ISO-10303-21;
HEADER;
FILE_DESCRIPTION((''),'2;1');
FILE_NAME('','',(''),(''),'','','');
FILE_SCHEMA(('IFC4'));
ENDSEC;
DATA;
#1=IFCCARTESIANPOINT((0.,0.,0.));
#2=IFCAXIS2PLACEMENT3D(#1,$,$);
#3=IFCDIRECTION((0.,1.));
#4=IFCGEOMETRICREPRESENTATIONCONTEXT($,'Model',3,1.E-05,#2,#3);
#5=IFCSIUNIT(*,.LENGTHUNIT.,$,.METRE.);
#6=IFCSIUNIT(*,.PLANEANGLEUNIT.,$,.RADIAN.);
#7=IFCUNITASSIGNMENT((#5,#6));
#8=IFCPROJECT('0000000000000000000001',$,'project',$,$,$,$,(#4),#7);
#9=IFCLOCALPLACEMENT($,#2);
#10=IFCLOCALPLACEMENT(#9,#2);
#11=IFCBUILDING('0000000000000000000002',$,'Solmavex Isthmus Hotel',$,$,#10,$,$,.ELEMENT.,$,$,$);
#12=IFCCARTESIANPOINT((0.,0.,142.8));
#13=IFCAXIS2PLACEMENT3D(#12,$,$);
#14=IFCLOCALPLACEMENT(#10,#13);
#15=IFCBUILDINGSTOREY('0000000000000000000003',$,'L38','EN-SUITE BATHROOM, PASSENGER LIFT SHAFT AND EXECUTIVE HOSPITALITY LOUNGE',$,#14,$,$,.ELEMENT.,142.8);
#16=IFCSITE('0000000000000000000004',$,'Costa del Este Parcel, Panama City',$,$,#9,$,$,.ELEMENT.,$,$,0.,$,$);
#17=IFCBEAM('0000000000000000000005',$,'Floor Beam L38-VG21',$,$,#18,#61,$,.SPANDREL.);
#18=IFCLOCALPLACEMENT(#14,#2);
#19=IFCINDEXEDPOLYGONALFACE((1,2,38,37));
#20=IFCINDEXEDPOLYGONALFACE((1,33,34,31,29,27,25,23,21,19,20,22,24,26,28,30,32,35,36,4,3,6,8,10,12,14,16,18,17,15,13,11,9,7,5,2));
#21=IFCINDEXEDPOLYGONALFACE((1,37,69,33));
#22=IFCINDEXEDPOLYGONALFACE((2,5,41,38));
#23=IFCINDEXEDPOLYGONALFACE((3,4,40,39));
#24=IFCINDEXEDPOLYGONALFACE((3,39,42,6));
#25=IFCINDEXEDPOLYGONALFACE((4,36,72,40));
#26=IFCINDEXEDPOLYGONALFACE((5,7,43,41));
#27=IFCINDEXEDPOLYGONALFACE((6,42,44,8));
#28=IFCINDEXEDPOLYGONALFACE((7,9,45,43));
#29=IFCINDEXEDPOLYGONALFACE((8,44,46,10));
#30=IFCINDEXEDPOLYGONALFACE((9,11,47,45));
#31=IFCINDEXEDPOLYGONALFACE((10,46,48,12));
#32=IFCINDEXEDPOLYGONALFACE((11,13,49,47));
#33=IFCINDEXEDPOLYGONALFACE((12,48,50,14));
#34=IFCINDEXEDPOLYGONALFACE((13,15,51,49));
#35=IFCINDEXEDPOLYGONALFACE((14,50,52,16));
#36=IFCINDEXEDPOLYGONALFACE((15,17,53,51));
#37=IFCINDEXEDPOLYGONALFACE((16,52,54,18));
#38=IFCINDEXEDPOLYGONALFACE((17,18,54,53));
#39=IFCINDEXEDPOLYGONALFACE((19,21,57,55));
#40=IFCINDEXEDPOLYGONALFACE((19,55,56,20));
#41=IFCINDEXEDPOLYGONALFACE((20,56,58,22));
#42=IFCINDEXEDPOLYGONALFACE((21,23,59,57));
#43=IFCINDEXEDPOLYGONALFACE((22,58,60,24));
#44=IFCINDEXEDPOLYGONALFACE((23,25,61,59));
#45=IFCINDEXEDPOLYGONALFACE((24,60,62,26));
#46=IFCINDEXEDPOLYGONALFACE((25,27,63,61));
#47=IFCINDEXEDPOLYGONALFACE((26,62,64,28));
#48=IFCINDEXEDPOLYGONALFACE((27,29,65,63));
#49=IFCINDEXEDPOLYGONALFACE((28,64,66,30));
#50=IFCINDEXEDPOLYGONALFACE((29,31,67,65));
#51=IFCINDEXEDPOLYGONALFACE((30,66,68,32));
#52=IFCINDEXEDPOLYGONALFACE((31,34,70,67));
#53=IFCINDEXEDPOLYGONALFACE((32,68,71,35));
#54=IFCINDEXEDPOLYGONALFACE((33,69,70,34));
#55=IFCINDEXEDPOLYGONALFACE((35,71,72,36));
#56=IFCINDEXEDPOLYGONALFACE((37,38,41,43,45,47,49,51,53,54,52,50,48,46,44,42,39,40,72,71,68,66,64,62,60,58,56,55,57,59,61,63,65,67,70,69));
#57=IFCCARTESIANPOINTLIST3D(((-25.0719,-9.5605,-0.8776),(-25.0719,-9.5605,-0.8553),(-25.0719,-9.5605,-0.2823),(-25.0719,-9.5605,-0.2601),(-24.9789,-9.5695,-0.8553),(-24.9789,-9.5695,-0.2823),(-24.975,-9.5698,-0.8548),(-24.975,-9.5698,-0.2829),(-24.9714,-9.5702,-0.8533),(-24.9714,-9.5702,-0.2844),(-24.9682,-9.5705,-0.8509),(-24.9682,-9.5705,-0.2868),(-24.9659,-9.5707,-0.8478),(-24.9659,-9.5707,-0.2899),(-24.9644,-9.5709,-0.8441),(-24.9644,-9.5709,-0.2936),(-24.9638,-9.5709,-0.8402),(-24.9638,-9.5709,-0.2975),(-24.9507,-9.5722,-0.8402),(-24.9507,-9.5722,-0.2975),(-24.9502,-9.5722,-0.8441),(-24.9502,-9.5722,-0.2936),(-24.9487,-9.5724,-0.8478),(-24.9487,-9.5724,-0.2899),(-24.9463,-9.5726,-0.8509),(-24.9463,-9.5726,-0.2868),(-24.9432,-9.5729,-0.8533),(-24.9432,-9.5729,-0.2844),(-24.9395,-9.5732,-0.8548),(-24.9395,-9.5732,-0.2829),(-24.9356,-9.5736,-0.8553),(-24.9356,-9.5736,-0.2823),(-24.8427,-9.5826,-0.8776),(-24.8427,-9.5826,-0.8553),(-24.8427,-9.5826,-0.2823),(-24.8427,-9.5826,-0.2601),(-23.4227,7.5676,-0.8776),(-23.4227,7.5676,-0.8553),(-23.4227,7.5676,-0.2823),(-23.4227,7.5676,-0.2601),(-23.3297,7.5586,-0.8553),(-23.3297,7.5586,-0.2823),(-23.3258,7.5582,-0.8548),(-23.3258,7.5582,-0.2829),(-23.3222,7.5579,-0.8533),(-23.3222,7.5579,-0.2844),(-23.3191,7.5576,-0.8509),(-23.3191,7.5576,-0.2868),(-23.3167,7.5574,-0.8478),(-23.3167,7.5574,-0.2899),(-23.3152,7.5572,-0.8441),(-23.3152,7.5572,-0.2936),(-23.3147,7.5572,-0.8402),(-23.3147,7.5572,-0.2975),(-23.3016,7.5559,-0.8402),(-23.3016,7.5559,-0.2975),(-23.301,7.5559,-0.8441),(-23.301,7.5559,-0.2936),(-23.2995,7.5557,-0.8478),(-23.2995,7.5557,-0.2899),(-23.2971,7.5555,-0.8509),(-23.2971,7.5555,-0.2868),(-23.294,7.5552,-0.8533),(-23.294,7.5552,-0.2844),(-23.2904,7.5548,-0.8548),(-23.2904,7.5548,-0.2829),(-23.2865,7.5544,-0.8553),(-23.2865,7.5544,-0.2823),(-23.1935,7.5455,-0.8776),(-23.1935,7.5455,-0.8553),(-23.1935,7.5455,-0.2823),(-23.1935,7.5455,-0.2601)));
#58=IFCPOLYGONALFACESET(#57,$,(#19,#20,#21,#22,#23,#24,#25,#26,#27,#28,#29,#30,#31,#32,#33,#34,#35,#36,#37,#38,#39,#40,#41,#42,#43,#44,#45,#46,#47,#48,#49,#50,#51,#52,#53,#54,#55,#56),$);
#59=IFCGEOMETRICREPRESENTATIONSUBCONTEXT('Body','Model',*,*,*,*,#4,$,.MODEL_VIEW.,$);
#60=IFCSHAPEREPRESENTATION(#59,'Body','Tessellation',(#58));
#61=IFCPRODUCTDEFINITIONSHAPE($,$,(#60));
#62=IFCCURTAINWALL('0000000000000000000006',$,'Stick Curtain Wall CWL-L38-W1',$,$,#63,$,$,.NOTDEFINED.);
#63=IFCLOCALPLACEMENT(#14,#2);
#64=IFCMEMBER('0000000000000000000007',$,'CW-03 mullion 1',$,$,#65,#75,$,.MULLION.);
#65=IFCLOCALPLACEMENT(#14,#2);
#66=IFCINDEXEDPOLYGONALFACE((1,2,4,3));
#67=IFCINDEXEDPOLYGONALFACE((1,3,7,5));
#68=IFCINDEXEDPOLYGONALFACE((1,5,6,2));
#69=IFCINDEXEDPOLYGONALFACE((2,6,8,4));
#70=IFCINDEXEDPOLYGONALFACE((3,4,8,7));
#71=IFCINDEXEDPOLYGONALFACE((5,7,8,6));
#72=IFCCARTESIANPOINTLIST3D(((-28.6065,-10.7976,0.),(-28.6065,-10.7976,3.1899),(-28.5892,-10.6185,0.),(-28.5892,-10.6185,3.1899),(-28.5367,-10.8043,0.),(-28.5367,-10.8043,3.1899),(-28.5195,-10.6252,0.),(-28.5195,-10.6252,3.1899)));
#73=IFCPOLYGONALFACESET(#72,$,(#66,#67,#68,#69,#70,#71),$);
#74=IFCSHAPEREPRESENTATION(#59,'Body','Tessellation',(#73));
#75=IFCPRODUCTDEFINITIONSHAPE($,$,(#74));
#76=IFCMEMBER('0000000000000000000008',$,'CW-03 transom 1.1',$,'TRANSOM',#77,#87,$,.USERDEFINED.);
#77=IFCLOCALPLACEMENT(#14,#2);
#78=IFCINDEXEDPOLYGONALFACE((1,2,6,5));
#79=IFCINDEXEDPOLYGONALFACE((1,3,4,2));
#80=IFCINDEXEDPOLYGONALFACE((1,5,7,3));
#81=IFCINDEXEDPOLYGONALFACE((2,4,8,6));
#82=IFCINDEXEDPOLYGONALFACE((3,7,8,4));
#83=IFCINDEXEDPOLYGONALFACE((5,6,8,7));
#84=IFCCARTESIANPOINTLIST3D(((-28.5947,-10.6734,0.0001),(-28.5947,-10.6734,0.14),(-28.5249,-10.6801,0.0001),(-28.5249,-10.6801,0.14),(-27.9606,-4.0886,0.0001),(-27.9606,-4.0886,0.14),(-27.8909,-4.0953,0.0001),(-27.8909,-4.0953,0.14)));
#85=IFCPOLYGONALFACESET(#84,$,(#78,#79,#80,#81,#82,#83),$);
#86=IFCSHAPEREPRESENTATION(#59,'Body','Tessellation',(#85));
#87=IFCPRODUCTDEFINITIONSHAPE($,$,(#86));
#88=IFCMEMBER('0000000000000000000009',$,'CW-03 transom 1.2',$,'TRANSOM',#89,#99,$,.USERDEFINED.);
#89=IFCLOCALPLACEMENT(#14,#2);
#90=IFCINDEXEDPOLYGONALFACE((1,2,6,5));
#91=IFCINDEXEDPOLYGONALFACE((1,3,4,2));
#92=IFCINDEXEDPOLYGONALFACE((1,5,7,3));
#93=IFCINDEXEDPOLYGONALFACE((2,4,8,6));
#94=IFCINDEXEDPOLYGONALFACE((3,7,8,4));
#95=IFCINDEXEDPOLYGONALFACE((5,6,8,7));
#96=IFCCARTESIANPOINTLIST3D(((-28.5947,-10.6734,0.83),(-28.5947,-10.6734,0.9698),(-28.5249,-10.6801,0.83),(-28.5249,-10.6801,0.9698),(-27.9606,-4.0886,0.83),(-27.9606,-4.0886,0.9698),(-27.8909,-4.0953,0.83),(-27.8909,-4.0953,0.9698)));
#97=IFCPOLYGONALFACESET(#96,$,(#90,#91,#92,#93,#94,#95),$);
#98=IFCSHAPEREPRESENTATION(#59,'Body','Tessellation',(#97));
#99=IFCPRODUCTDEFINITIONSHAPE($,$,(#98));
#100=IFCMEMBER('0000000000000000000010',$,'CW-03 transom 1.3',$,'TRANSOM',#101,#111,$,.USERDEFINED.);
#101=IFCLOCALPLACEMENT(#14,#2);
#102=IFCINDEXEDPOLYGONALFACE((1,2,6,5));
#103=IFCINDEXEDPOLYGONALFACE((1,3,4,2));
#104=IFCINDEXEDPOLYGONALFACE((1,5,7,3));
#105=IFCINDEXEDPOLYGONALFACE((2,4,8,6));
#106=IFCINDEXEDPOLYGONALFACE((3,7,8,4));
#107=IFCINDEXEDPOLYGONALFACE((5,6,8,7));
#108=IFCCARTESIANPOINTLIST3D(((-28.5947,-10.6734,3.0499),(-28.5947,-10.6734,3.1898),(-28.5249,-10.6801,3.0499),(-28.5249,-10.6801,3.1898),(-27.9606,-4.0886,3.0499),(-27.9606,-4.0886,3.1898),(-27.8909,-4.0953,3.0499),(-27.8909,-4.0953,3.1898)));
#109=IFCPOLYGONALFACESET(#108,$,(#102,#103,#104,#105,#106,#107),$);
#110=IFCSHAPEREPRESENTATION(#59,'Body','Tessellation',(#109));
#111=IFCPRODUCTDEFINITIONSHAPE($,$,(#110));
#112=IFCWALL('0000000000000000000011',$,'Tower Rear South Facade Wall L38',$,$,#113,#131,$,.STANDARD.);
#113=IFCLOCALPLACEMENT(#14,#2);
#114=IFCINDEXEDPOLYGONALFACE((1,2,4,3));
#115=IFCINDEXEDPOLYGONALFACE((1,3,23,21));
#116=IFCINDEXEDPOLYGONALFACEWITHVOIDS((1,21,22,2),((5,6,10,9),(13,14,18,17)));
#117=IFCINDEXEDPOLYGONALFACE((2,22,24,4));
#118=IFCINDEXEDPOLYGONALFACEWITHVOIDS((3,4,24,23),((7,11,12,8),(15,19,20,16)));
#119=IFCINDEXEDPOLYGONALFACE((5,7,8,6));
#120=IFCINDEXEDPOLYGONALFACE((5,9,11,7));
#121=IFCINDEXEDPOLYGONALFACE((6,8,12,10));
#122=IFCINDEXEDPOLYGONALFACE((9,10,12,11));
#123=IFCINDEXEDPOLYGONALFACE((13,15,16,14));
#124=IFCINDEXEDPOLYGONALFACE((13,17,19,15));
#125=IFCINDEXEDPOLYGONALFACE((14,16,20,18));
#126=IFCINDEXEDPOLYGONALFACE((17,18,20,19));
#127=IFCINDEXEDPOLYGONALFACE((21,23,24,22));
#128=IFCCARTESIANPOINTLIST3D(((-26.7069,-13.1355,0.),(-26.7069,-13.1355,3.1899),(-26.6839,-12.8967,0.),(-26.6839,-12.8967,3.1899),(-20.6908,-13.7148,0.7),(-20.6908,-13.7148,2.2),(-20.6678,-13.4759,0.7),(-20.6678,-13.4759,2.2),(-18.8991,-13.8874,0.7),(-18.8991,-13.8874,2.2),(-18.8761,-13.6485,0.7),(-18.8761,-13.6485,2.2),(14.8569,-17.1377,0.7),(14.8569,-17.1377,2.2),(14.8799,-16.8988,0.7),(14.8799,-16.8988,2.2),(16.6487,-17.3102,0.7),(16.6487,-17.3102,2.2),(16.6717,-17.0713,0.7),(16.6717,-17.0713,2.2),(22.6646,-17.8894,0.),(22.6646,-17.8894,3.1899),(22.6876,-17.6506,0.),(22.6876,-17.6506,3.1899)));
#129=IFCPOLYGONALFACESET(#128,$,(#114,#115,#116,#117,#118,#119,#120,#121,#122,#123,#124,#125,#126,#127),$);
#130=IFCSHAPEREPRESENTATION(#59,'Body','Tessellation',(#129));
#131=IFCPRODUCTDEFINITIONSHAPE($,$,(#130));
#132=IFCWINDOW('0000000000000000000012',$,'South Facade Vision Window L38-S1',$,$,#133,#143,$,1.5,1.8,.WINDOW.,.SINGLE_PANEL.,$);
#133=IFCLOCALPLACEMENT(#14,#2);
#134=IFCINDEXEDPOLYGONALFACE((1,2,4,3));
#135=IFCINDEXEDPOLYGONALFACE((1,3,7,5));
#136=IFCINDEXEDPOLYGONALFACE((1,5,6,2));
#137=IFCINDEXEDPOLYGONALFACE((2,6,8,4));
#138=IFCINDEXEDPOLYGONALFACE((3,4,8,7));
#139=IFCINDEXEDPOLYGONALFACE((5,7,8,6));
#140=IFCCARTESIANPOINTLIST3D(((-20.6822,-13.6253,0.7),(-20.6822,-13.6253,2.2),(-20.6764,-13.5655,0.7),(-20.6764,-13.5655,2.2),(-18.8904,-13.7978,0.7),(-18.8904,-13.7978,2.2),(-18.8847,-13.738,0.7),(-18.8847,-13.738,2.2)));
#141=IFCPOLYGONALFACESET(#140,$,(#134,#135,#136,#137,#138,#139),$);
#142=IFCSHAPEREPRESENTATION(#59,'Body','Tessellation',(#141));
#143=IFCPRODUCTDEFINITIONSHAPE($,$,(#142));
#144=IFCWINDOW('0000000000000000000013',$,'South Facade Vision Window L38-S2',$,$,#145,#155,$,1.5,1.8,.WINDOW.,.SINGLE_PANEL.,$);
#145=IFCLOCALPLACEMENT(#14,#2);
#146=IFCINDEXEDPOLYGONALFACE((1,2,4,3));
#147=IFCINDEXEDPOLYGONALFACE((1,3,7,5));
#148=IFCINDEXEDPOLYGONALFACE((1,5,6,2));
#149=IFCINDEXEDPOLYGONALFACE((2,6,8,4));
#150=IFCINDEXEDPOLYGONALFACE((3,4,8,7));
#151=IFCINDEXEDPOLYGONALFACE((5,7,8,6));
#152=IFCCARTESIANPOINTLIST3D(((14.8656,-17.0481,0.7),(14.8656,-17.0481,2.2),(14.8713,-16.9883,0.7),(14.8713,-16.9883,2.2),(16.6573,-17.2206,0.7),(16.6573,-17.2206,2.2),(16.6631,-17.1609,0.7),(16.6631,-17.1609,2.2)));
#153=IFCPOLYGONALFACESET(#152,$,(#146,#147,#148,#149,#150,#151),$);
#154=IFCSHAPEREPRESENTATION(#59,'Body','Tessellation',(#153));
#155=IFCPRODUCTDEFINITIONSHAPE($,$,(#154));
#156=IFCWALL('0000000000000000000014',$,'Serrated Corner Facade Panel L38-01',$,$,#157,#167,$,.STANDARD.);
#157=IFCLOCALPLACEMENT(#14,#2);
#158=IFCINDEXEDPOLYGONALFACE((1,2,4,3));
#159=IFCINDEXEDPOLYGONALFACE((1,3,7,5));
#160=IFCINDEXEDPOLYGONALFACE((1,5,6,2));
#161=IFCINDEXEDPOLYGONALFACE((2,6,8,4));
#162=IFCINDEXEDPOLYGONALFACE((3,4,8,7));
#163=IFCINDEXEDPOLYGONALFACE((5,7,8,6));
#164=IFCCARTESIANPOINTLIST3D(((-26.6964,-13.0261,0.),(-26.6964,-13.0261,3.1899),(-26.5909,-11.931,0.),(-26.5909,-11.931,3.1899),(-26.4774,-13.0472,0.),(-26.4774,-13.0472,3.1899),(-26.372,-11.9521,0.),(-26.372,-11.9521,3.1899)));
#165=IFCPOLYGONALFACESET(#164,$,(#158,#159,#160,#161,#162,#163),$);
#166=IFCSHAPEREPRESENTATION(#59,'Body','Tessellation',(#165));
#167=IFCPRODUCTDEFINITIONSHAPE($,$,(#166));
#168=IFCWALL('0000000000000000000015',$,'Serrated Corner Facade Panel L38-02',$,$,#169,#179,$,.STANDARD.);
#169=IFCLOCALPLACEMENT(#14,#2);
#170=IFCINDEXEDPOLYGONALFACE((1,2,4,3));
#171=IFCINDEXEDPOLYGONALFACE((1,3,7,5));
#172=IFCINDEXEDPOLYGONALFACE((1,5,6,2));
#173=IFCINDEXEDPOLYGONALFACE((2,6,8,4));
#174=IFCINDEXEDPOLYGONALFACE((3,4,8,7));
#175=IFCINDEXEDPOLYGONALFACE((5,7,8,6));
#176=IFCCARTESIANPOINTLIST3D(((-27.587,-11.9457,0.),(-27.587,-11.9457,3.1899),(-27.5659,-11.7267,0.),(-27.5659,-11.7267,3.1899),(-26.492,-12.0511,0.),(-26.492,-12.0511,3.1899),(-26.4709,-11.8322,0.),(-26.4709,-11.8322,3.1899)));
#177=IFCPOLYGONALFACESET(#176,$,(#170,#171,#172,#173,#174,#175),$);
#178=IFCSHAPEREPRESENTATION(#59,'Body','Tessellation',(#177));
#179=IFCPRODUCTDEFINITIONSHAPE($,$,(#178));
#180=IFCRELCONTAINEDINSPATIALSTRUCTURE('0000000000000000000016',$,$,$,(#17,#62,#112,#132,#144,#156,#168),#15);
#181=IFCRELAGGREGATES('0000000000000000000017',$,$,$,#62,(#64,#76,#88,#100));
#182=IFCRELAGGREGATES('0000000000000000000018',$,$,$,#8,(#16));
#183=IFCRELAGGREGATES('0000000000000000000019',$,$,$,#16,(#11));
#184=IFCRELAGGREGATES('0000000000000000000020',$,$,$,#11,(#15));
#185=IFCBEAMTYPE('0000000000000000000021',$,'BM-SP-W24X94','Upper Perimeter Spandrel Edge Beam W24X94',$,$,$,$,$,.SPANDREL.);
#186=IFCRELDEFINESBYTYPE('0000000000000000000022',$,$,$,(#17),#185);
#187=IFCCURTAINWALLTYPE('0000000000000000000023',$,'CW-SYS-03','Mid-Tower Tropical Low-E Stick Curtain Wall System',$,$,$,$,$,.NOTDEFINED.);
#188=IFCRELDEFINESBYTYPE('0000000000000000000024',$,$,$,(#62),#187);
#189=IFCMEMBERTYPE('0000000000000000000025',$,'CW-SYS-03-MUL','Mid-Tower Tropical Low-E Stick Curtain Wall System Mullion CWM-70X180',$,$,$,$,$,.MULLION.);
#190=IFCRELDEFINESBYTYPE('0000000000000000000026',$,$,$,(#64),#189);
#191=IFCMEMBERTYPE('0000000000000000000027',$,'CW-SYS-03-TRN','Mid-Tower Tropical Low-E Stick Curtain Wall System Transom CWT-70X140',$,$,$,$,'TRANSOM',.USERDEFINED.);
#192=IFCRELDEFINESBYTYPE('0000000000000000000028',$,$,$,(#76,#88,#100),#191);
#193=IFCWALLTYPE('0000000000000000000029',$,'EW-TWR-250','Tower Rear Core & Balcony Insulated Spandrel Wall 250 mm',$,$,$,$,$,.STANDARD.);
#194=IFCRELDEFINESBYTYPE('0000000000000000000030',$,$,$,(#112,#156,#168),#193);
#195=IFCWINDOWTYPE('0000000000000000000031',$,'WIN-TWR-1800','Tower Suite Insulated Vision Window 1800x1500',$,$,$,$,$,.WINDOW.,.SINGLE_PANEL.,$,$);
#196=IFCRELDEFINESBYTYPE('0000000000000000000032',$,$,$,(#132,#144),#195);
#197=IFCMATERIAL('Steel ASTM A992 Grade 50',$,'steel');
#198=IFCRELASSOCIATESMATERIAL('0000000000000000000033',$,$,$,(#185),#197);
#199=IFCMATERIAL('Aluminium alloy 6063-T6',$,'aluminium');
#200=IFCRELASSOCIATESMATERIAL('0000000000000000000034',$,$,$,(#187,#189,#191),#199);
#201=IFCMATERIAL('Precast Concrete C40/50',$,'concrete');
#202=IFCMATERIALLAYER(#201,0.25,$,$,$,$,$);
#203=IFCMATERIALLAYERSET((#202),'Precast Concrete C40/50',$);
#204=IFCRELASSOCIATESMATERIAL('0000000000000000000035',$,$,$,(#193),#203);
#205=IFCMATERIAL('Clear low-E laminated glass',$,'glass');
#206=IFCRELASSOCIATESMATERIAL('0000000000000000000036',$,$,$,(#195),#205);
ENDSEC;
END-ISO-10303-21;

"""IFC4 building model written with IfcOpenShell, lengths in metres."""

from ifc_helpers import new_model, si_unit, direction, frame, frame_2d, origin, origin_2d, place, context, subcontext, project, spatial, rectangle, i_section, extrude, material, layer, layer_set, material_profile, profile_set, type_object, element, fill, aggregate, save


model = new_model("IFC4")

# Units and contexts
model_context = context("Model", 3, precision=1e-05, world=origin(), true_north=direction((0.0, 1.0)))
body_context = subcontext(model_context, "Body", "Model", "MODEL_VIEW")
ifc_project = project(units=[si_unit("LENGTHUNIT", "METRE"), si_unit("PLANEANGLEUNIT", "RADIAN")], contexts=[model_context])

# Site, building, storey
site_placement = place(None, origin())
site = spatial("IfcSite", under=ifc_project, at=site_placement, Name="Costa del Este Parcel, Panama City", CompositionType="ELEMENT", RefElevation=0.0)
building_placement = place(site_placement, origin())
building = spatial("IfcBuilding", under=site, at=building_placement, Name="Solmavex Isthmus Hotel", CompositionType="ELEMENT")
storey_placement = place(building_placement, frame((0.0, 0.0, 142.8)))
storey = spatial("IfcBuildingStorey", under=building, at=storey_placement, Name="L38", Description="EN-SUITE BATHROOM, PASSENGER LIFT SHAFT AND EXECUTIVE HOSPITALITY LOUNGE", CompositionType="ELEMENT", Elevation=142.8)

# Beam
ifc_material_1 = material(Name="Steel ASTM A992 Grade 50", Category="steel")
ifc_material_profile_1 = material_profile(ifc_material_1, i_section(OverallWidth=0.2302, OverallDepth=0.6174, WebThickness=0.0132, FlangeThickness=0.0222, FilletRadius=0.0151, at=origin_2d()), Name="W24X94")
ifc_profile_set_1 = profile_set([ifc_material_profile_1], Name="Steel ASTM A992 Grade 50")
beam_type_1 = type_object("IfcBeamType", Name="BM-SP-W24X94", Description="Upper Perimeter Spandrel Edge Beam W24X94", PredefinedType="SPANDREL", material=ifc_profile_set_1)
beam_1_placement = place(storey_placement, frame((-24.9573, -9.5715, -0.5688), z_axis=(0.095841, 0.995397, 0.0), x_axis=(-0.995397, 0.095841, 0.0)))
element("IfcBeam", 1, at=beam_1_placement, inside=storey, type_object=beam_type_1, Name="Floor Beam L38-VG21", PredefinedType="SPANDREL", context=body_context, shape_type="SweptSolid", body=[
    extrude(i_section(OverallWidth=0.2302, OverallDepth=0.6174, WebThickness=0.0132, FlangeThickness=0.0222, FilletRadius=0.0151, at=origin_2d()), origin(), (0.0, 0.0, 1.0), 17.2073),
])

# Curtain wall, members
ifc_material_2 = material(Name="Aluminium alloy 6063-T6", Category="aluminium")
curtain_wall_type = type_object("IfcCurtainWallType", Name="CW-SYS-03", Description="Mid-Tower Tropical Low-E Stick Curtain Wall System", PredefinedType="NOTDEFINED", material=ifc_material_2)
curtain_wall_placement = place(storey_placement, origin())
curtain_wall = element("IfcCurtainWall", 2, at=curtain_wall_placement, inside=storey, type_object=curtain_wall_type, Name="Stick Curtain Wall CWL-L38-W1", PredefinedType="NOTDEFINED")
ifc_material_profile_2 = material_profile(ifc_material_2, rectangle(XDim=0.0701, YDim=0.1799, at=origin_2d()), Name="CWM-70X180")
ifc_profile_set_2 = profile_set([ifc_material_profile_2], Name="Aluminium alloy 6063-T6")
member_type_1 = type_object("IfcMemberType", Name="CW-SYS-03-MUL", Description="Mid-Tower Tropical Low-E Stick Curtain Wall System Mullion CWM-70X180", PredefinedType="MULLION", material=ifc_profile_set_2)
member_1_placement = place(storey_placement, frame((-28.563, -10.7114, 0.0), z_axis=(0.0, 0.0, 1.0), x_axis=(-0.995396, 0.095846, 0.0)))
member_1 = element("IfcMember", 3, at=member_1_placement, type_object=member_type_1, Name="CW-03 mullion 1", PredefinedType="MULLION", context=body_context, shape_type="SweptSolid", body=[
    extrude(rectangle(XDim=0.0701, YDim=0.1799, at=origin_2d()), origin(), (0.0, 0.0, 1.0), 3.1899),
])
ifc_material_profile_3 = material_profile(ifc_material_2, rectangle(XDim=0.0701, YDim=0.1399, at=origin_2d()), Name="CWT-70X140")
ifc_profile_set_3 = profile_set([ifc_material_profile_3], Name="Aluminium alloy 6063-T6")
member_type_2 = type_object("IfcMemberType", Name="CW-SYS-03-TRN", Description="Mid-Tower Tropical Low-E Stick Curtain Wall System Transom CWT-70X140", ElementType="TRANSOM", PredefinedType="USERDEFINED", material=ifc_profile_set_3)
member_2_placement = place(storey_placement, frame((-28.5598, -10.6768, 0.0701), z_axis=(0.095845, 0.995396, 0.0), x_axis=(-0.995396, 0.095845, 0.0)))
member_2 = element("IfcMember", 4, at=member_2_placement, type_object=member_type_2, Name="CW-03 transom 1.1", ObjectType="TRANSOM", PredefinedType="USERDEFINED", context=body_context, shape_type="SweptSolid", body=[
    extrude(rectangle(XDim=0.0701, YDim=0.1399, at=origin_2d()), origin(), (0.0, 0.0, 1.0), 6.6152),
])
member_3_placement = place(storey_placement, frame((-28.5598, -10.6768, 0.8999), z_axis=(0.095845, 0.995396, 0.0), x_axis=(-0.995396, 0.095845, 0.0)))
member_3 = element("IfcMember", 5, at=member_3_placement, type_object=member_type_2, Name="CW-03 transom 1.2", ObjectType="TRANSOM", PredefinedType="USERDEFINED", context=body_context, shape_type="SweptSolid", body=[
    extrude(rectangle(XDim=0.0701, YDim=0.1399, at=origin_2d()), origin(), (0.0, 0.0, 1.0), 6.6152),
])
member_4_placement = place(storey_placement, frame((-28.5598, -10.6768, 3.1199), z_axis=(0.095845, 0.995396, 0.0), x_axis=(-0.995396, 0.095845, 0.0)))
member_4 = element("IfcMember", 6, at=member_4_placement, type_object=member_type_2, Name="CW-03 transom 1.3", ObjectType="TRANSOM", PredefinedType="USERDEFINED", context=body_context, shape_type="SweptSolid", body=[
    extrude(rectangle(XDim=0.0701, YDim=0.1399, at=origin_2d()), origin(), (0.0, 0.0, 1.0), 6.6152),
])
aggregate(curtain_wall, [member_1, member_2, member_3, member_4])

# Wall, openings, windows
ifc_material_3 = material(Name="Precast Concrete C40/50", Category="concrete")
ifc_layer_1 = layer(ifc_material_3, 0.25)
ifc_layer_set_1 = layer_set([ifc_layer_1], Name="Precast Concrete C40/50")
wall_type_1 = type_object("IfcWallType", Name="EW-TWR-250", Description="Tower Rear Core & Balcony Insulated Spandrel Wall 250 mm", PredefinedType="STANDARD", material=ifc_layer_set_1)
wall_1_placement = place(storey_placement, frame((-26.6953, -13.0161, 0.0), z_axis=(0.0, 0.0, 1.0), x_axis=(0.995396, -0.095845, 0.0)))
wall_1 = element("IfcWall", 7, at=wall_1_placement, inside=storey, type_object=wall_type_1, Name="Tower Rear South Facade Wall L38", PredefinedType="STANDARD", context=body_context, shape_type="SweptSolid", body=[
    extrude(rectangle(XDim=49.5999, YDim=0.24, at=frame_2d((24.7998, 0.0))), origin(), (0.0, 0.0, 1.0), 3.1899),
])
opening_1_placement = place(wall_1_placement, frame((6.0439, 0.0, 0.7)))
opening_1 = element("IfcOpeningElement", 8, at=opening_1_placement, cuts=wall_1, PredefinedType="OPENING", context=body_context, shape_type="SweptSolid", body=[
    extrude(rectangle(XDim=1.8, YDim=1.5, at=frame_2d((0.8999, 0.75))), frame((0.0, 0.1299, 0.0), z_axis=(0.0, -1.0, 0.0), x_axis=(1.0, 0.0, 0.0)), (0.0, 0.0, 1.0), 0.26),
])
opening_2_placement = place(wall_1_placement, frame((41.7561, 0.0, 0.7)))
opening_2 = element("IfcOpeningElement", 9, at=opening_2_placement, cuts=wall_1, PredefinedType="OPENING", context=body_context, shape_type="SweptSolid", body=[
    extrude(rectangle(XDim=1.8, YDim=1.5, at=frame_2d((0.8999, 0.75))), frame((0.0, 0.1299, 0.0), z_axis=(0.0, -1.0, 0.0), x_axis=(1.0, 0.0, 0.0)), (0.0, 0.0, 1.0), 0.26),
])
ifc_material_4 = material(Name="Clear low-E laminated glass", Category="glass")
window_type = type_object("IfcWindowType", Name="WIN-TWR-1800", Description="Tower Suite Insulated Vision Window 1800x1500", PartitioningType="SINGLE_PANEL", PredefinedType="WINDOW", material=ifc_material_4)
window_1_placement = place(opening_1_placement, origin())
window_1 = element("IfcWindow", 10, at=window_1_placement, inside=storey, type_object=window_type, Name="South Facade Vision Window L38-S1", OverallHeight=1.5, OverallWidth=1.8, PartitioningType="SINGLE_PANEL", PredefinedType="WINDOW", context=body_context, shape_type="SweptSolid", body=[
    extrude(rectangle(XDim=1.8, YDim=1.5, at=frame_2d((0.8999, 0.75))), frame((0.0, 0.03, 0.0), z_axis=(0.0, -1.0, 0.0), x_axis=(1.0, 0.0, 0.0)), (0.0, 0.0, 1.0), 0.0601),
])
fill(opening_1, window_1)
window_2_placement = place(opening_2_placement, origin())
window_2 = element("IfcWindow", 11, at=window_2_placement, inside=storey, type_object=window_type, Name="South Facade Vision Window L38-S2", OverallHeight=1.5, OverallWidth=1.8, PartitioningType="SINGLE_PANEL", PredefinedType="WINDOW", context=body_context, shape_type="SweptSolid", body=[
    extrude(rectangle(XDim=1.8, YDim=1.5, at=frame_2d((0.8999, 0.75))), frame((0.0, 0.03, 0.0), z_axis=(0.0, -1.0, 0.0), x_axis=(1.0, 0.0, 0.0)), (0.0, 0.0, 1.0), 0.0601),
])
fill(opening_2, window_2)

# Walls
for number, where, z_axis, x_axis, name in (
    (12, (-26.5869, -13.0366, 0.0), (0.0, 0.0, 1.0), (0.095877, 0.995393, 0.0), "Serrated Corner Facade Panel L38-01"),
    (13, (-26.4814, -11.9417, 0.0), (0.0, 0.0, 1.0), (-0.995393, 0.095877, 0.0), "Serrated Corner Facade Panel L38-02"),
):
    element("IfcWall", number, at=place(storey_placement, frame(where, z_axis=z_axis, x_axis=x_axis)), inside=storey, type_object=wall_type_1, Name=name, PredefinedType="STANDARD", context=body_context, shape_type="SweptSolid", body=[
        extrude(rectangle(XDim=1.1001, YDim=0.22, at=frame_2d((0.55, 0.0))), origin(), (0.0, 0.0, 1.0), 3.1899),
    ])

save(model, "model.ifc")
